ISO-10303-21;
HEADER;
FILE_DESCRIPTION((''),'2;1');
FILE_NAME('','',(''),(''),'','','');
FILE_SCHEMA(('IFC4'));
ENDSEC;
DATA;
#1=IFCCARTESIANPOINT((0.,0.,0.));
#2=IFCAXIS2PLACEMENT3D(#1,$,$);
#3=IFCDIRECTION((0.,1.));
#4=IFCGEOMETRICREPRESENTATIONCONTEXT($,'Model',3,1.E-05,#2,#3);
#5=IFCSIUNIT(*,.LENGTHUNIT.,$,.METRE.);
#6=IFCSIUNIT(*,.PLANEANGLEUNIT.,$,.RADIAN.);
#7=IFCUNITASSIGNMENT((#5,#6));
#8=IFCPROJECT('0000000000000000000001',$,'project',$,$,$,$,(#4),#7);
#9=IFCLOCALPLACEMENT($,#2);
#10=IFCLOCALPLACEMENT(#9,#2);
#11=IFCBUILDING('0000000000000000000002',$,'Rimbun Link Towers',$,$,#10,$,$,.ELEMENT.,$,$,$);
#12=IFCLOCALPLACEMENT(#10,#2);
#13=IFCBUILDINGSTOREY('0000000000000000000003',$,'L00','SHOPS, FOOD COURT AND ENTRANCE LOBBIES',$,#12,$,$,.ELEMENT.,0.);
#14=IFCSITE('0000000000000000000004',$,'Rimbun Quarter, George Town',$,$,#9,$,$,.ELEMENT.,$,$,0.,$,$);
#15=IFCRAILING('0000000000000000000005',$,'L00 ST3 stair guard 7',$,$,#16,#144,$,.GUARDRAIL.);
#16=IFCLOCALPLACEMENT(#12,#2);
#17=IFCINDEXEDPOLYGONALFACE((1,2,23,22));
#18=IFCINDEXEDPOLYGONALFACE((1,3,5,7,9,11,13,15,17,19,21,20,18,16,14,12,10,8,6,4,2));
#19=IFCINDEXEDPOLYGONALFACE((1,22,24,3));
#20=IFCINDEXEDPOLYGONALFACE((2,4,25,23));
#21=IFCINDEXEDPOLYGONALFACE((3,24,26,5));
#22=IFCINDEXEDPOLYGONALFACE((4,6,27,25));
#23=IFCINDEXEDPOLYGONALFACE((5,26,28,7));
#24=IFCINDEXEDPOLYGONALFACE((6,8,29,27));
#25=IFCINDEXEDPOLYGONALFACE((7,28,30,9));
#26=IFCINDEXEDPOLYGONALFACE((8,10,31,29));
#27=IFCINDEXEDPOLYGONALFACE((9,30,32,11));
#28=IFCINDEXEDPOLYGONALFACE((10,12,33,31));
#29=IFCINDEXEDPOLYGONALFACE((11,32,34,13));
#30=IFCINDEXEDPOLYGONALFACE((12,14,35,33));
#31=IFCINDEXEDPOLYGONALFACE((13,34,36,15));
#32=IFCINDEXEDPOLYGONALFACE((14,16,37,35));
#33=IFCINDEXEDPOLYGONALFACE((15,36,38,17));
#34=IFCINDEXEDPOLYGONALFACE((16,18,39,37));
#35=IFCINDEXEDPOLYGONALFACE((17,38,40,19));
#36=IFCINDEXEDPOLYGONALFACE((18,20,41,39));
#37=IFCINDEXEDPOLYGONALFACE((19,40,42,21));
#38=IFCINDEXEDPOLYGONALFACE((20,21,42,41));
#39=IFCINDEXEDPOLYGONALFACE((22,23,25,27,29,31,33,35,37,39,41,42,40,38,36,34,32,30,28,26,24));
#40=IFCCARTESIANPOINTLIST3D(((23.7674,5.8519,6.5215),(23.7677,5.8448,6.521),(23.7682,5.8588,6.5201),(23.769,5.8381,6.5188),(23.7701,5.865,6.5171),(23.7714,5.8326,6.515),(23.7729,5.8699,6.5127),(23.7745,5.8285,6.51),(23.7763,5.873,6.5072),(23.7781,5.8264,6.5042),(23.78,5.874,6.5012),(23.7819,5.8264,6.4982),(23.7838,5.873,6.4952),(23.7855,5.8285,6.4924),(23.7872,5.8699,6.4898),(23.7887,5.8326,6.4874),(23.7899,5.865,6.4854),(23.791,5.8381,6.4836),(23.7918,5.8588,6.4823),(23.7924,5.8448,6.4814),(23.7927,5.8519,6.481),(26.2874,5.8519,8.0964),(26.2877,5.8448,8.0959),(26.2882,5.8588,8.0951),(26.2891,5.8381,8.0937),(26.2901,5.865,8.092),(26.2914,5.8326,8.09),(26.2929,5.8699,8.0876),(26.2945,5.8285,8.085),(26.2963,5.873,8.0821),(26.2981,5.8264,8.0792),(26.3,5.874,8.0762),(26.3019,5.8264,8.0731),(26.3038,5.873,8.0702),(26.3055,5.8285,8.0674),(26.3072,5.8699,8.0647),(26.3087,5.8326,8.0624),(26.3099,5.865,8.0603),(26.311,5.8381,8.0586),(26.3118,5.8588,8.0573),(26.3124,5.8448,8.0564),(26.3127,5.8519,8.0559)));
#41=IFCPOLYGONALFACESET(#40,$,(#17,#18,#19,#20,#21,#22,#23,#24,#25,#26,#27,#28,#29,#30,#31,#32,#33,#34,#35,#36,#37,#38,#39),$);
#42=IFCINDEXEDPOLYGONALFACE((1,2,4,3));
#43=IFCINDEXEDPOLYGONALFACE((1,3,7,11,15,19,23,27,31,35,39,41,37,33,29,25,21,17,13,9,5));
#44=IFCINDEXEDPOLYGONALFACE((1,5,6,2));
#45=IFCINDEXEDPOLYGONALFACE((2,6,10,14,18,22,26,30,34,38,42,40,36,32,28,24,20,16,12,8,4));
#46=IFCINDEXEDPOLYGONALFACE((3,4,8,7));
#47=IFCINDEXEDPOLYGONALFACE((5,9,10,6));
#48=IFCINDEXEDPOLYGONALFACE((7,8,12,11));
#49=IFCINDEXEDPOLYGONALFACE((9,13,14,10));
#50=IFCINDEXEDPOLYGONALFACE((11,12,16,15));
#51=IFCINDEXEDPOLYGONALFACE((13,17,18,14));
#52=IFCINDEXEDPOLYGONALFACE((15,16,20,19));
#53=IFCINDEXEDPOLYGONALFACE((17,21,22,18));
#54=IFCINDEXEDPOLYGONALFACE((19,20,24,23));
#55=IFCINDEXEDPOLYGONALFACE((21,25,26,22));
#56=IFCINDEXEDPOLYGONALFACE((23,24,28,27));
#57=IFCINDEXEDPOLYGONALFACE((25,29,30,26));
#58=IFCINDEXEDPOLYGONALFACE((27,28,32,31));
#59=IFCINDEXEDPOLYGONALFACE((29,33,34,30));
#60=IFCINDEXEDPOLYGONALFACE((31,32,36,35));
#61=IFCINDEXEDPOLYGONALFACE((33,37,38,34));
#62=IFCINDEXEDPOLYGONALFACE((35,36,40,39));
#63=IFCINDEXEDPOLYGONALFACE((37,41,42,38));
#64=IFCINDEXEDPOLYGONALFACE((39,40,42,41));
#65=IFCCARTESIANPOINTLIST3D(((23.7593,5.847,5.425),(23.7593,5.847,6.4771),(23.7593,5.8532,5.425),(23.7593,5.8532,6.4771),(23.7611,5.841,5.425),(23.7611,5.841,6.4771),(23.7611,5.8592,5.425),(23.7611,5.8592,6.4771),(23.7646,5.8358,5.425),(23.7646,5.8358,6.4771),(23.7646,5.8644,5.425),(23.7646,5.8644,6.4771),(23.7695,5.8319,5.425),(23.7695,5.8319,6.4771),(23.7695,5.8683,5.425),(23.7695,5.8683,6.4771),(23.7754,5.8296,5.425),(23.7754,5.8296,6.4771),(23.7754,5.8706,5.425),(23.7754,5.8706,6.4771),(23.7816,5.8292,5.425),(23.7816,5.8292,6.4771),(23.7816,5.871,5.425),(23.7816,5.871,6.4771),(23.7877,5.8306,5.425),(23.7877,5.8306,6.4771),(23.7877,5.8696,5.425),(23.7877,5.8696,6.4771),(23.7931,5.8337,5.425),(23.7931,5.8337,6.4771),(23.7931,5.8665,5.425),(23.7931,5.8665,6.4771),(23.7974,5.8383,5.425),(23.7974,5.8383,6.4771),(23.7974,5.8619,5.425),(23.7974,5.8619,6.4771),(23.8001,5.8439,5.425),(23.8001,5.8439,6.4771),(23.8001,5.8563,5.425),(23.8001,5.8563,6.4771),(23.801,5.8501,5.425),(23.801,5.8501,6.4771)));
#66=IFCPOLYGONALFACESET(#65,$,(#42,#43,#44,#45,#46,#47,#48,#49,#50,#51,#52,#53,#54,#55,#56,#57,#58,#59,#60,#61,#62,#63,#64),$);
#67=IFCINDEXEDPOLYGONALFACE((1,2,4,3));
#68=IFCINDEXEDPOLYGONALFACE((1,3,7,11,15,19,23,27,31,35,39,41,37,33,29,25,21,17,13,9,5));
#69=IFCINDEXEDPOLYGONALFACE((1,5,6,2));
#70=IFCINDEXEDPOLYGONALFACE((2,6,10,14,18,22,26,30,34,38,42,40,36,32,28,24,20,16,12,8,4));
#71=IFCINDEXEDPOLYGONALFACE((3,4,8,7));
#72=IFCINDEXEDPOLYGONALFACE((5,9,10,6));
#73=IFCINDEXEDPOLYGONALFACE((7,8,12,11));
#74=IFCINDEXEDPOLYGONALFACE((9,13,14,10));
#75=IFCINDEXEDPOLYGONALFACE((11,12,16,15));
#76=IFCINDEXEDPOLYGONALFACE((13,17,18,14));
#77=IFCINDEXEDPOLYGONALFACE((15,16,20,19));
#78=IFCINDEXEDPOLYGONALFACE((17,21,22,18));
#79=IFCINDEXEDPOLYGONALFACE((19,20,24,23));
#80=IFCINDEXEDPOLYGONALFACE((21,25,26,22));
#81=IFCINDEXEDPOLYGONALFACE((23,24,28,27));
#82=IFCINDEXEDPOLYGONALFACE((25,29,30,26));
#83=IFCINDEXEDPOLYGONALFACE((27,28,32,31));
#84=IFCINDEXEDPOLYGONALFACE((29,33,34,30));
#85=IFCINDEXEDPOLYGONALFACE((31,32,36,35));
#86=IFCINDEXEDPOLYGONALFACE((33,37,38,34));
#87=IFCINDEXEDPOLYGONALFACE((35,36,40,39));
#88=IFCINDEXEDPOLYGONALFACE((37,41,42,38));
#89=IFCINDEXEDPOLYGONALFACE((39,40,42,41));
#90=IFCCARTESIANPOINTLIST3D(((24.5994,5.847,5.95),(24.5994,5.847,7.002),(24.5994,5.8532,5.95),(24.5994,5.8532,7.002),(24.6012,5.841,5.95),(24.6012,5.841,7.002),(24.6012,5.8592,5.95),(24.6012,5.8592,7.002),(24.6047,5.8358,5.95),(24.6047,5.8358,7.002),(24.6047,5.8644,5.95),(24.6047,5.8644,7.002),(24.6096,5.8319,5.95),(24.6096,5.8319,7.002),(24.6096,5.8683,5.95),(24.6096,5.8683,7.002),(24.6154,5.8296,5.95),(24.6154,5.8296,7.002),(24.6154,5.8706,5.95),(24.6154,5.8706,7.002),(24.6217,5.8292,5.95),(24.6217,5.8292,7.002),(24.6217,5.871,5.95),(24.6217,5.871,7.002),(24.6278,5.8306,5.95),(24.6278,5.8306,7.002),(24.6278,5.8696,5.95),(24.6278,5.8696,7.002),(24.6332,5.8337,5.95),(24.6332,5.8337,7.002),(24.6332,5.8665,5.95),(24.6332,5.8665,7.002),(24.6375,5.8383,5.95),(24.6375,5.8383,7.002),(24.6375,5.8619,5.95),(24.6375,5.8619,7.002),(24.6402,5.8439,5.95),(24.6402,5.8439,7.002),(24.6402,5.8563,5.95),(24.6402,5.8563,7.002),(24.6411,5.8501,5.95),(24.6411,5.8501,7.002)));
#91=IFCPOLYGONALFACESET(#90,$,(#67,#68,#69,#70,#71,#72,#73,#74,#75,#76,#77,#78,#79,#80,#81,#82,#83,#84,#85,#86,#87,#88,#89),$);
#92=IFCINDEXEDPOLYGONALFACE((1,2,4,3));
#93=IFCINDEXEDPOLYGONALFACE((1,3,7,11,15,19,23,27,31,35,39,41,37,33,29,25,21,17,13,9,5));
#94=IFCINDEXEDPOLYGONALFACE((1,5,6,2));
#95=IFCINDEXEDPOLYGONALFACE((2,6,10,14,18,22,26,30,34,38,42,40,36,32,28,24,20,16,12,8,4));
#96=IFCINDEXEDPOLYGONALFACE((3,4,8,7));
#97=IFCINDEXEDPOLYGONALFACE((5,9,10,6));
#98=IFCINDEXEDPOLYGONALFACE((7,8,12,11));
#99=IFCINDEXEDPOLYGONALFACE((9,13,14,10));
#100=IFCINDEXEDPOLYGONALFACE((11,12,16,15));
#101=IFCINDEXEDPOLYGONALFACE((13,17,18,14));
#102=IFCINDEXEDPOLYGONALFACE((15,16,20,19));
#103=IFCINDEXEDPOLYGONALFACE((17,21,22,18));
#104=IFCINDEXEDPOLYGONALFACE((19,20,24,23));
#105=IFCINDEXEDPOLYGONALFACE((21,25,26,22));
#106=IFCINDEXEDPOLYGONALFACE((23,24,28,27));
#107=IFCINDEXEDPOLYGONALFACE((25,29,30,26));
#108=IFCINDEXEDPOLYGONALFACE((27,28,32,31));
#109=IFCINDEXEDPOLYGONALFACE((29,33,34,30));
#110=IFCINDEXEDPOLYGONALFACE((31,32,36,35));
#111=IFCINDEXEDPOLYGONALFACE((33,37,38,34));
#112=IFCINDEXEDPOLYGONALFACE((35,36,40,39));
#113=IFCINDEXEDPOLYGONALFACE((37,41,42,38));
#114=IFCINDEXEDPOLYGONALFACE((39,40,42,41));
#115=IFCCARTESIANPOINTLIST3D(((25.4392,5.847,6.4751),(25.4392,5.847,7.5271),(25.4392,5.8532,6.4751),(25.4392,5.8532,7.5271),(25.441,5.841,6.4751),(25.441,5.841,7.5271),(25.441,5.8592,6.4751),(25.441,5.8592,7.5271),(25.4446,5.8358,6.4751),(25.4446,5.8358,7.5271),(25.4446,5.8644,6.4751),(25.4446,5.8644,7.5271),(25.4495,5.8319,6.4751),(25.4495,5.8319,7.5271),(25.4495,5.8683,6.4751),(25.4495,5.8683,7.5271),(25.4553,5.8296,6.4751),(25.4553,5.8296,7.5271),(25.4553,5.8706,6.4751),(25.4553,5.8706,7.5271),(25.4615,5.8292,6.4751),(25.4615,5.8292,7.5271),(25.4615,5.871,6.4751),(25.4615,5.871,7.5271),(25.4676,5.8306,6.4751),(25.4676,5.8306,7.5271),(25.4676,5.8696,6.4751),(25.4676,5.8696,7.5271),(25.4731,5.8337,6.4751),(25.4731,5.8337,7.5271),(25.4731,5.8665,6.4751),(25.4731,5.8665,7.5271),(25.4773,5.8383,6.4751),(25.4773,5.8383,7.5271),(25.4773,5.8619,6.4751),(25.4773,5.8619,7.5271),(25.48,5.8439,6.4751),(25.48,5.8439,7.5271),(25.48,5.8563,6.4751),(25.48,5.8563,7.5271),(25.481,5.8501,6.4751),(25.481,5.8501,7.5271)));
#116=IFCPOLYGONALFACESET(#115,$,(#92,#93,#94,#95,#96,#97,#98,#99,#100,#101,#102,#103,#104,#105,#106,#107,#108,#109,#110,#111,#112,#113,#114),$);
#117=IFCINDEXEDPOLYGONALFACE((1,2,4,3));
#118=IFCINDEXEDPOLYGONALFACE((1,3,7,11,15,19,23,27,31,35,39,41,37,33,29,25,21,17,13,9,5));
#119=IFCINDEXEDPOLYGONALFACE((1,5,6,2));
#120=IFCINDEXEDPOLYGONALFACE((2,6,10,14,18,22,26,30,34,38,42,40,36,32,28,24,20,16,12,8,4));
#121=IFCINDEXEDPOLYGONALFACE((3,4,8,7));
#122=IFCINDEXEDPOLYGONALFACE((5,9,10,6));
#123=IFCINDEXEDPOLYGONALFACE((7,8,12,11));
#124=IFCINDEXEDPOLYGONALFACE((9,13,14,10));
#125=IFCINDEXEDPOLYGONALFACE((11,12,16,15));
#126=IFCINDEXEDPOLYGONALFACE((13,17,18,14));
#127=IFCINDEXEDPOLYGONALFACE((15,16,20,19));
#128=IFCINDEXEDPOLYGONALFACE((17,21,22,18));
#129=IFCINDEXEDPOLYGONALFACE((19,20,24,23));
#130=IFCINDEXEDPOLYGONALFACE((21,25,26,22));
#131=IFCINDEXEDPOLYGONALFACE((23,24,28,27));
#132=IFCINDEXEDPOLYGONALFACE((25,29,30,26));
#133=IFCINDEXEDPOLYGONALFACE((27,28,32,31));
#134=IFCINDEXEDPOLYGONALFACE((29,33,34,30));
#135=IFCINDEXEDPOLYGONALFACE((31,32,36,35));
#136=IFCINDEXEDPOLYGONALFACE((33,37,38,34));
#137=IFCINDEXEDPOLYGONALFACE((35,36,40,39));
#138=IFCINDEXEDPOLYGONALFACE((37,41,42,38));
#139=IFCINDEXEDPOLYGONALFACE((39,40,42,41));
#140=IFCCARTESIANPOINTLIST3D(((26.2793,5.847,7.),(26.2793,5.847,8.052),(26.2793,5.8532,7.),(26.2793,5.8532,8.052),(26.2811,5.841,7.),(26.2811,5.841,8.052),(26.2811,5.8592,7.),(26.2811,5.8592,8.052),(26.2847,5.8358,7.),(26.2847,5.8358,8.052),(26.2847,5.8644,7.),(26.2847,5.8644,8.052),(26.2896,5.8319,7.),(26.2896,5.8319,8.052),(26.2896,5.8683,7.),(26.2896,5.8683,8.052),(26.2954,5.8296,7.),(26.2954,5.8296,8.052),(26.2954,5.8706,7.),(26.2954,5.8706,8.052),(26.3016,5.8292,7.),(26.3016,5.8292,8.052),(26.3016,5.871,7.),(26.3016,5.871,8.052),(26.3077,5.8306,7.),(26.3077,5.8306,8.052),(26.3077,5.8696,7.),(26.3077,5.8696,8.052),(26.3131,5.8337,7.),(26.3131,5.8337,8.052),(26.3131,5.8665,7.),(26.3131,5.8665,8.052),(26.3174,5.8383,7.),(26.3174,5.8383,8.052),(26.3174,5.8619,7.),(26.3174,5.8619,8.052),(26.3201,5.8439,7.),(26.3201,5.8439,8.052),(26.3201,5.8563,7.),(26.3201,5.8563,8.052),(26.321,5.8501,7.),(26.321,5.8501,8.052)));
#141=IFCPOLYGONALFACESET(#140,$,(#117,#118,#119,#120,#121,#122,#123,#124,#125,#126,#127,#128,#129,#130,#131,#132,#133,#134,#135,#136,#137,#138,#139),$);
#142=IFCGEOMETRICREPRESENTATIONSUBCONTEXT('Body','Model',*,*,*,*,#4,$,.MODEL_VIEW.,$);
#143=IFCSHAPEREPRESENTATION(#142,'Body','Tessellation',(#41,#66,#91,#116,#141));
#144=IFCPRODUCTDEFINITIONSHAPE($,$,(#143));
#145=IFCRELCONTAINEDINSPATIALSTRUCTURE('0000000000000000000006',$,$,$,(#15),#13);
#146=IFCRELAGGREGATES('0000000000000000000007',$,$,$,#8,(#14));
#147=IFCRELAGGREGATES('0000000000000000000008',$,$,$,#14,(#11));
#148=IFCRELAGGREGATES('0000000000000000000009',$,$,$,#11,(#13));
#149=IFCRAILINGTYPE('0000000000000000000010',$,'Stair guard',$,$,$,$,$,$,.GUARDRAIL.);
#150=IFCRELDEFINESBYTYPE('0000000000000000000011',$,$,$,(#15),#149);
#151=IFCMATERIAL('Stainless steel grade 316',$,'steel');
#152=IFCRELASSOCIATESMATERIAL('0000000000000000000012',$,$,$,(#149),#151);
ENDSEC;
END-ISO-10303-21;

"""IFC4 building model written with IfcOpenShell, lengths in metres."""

from ifc_helpers import new_model, si_unit, direction, frame, origin, origin_2d, place, context, subcontext, project, spatial, circle, extrude, material, type_object, element, save


model = new_model("IFC4")

# Units and contexts
model_context = context("Model", 3, precision=1e-05, world=origin(), true_north=direction((0.0, 1.0)))
body_context = subcontext(model_context, "Body", "Model", "MODEL_VIEW")
ifc_project = project(units=[si_unit("LENGTHUNIT", "METRE"), si_unit("PLANEANGLEUNIT", "RADIAN")], contexts=[model_context])

# Site, building, storey
site_placement = place(None, origin())
site = spatial("IfcSite", under=ifc_project, at=site_placement, Name="Rimbun Quarter, George Town", CompositionType="ELEMENT", RefElevation=0.0)
building_placement = place(site_placement, origin())
building = spatial("IfcBuilding", under=site, at=building_placement, Name="Rimbun Link Towers", CompositionType="ELEMENT")
storey_placement = place(building_placement, origin())
storey = spatial("IfcBuildingStorey", under=building, at=storey_placement, Name="L00", Description="SHOPS, FOOD COURT AND ENTRANCE LOBBIES", CompositionType="ELEMENT", Elevation=0.0)

# Railing
ifc_material_1 = material(Name="Stainless steel grade 316", Category="steel")
railing_type_1 = type_object("IfcRailingType", Name="Stair guard", PredefinedType="GUARDRAIL", material=ifc_material_1)
railing_1_placement = place(storey_placement, frame((23.78, 5.8501, 5.425)))
element("IfcRailing", 1, at=railing_1_placement, inside=storey, type_object=railing_type_1, Name="L00 ST3 stair guard 7", PredefinedType="GUARDRAIL", context=body_context, shape_type="SweptSolid", body=[
    extrude(circle(Radius=0.0239, at=origin_2d()), frame((0.0, 0.0, 1.0762), z_axis=(0.848008, 0.0, 0.529984), x_axis=(0.0, 1.0, 0.0)), (0.0, 0.0, 1.0), 2.9717),
    extrude(circle(Radius=0.021, at=origin_2d()), origin(), (0.0, 0.0, 1.0), 1.052),
    extrude(circle(Radius=0.021, at=origin_2d()), frame((0.8401, 0.0, 0.5249)), (0.0, 0.0, 1.0), 1.052),
    extrude(circle(Radius=0.021, at=origin_2d()), frame((1.6799, 0.0, 1.05)), (0.0, 0.0, 1.0), 1.052),
    extrude(circle(Radius=0.021, at=origin_2d()), frame((2.52, 0.0, 1.575)), (0.0, 0.0, 1.0), 1.052),
])

save(model, "model.ifc")
